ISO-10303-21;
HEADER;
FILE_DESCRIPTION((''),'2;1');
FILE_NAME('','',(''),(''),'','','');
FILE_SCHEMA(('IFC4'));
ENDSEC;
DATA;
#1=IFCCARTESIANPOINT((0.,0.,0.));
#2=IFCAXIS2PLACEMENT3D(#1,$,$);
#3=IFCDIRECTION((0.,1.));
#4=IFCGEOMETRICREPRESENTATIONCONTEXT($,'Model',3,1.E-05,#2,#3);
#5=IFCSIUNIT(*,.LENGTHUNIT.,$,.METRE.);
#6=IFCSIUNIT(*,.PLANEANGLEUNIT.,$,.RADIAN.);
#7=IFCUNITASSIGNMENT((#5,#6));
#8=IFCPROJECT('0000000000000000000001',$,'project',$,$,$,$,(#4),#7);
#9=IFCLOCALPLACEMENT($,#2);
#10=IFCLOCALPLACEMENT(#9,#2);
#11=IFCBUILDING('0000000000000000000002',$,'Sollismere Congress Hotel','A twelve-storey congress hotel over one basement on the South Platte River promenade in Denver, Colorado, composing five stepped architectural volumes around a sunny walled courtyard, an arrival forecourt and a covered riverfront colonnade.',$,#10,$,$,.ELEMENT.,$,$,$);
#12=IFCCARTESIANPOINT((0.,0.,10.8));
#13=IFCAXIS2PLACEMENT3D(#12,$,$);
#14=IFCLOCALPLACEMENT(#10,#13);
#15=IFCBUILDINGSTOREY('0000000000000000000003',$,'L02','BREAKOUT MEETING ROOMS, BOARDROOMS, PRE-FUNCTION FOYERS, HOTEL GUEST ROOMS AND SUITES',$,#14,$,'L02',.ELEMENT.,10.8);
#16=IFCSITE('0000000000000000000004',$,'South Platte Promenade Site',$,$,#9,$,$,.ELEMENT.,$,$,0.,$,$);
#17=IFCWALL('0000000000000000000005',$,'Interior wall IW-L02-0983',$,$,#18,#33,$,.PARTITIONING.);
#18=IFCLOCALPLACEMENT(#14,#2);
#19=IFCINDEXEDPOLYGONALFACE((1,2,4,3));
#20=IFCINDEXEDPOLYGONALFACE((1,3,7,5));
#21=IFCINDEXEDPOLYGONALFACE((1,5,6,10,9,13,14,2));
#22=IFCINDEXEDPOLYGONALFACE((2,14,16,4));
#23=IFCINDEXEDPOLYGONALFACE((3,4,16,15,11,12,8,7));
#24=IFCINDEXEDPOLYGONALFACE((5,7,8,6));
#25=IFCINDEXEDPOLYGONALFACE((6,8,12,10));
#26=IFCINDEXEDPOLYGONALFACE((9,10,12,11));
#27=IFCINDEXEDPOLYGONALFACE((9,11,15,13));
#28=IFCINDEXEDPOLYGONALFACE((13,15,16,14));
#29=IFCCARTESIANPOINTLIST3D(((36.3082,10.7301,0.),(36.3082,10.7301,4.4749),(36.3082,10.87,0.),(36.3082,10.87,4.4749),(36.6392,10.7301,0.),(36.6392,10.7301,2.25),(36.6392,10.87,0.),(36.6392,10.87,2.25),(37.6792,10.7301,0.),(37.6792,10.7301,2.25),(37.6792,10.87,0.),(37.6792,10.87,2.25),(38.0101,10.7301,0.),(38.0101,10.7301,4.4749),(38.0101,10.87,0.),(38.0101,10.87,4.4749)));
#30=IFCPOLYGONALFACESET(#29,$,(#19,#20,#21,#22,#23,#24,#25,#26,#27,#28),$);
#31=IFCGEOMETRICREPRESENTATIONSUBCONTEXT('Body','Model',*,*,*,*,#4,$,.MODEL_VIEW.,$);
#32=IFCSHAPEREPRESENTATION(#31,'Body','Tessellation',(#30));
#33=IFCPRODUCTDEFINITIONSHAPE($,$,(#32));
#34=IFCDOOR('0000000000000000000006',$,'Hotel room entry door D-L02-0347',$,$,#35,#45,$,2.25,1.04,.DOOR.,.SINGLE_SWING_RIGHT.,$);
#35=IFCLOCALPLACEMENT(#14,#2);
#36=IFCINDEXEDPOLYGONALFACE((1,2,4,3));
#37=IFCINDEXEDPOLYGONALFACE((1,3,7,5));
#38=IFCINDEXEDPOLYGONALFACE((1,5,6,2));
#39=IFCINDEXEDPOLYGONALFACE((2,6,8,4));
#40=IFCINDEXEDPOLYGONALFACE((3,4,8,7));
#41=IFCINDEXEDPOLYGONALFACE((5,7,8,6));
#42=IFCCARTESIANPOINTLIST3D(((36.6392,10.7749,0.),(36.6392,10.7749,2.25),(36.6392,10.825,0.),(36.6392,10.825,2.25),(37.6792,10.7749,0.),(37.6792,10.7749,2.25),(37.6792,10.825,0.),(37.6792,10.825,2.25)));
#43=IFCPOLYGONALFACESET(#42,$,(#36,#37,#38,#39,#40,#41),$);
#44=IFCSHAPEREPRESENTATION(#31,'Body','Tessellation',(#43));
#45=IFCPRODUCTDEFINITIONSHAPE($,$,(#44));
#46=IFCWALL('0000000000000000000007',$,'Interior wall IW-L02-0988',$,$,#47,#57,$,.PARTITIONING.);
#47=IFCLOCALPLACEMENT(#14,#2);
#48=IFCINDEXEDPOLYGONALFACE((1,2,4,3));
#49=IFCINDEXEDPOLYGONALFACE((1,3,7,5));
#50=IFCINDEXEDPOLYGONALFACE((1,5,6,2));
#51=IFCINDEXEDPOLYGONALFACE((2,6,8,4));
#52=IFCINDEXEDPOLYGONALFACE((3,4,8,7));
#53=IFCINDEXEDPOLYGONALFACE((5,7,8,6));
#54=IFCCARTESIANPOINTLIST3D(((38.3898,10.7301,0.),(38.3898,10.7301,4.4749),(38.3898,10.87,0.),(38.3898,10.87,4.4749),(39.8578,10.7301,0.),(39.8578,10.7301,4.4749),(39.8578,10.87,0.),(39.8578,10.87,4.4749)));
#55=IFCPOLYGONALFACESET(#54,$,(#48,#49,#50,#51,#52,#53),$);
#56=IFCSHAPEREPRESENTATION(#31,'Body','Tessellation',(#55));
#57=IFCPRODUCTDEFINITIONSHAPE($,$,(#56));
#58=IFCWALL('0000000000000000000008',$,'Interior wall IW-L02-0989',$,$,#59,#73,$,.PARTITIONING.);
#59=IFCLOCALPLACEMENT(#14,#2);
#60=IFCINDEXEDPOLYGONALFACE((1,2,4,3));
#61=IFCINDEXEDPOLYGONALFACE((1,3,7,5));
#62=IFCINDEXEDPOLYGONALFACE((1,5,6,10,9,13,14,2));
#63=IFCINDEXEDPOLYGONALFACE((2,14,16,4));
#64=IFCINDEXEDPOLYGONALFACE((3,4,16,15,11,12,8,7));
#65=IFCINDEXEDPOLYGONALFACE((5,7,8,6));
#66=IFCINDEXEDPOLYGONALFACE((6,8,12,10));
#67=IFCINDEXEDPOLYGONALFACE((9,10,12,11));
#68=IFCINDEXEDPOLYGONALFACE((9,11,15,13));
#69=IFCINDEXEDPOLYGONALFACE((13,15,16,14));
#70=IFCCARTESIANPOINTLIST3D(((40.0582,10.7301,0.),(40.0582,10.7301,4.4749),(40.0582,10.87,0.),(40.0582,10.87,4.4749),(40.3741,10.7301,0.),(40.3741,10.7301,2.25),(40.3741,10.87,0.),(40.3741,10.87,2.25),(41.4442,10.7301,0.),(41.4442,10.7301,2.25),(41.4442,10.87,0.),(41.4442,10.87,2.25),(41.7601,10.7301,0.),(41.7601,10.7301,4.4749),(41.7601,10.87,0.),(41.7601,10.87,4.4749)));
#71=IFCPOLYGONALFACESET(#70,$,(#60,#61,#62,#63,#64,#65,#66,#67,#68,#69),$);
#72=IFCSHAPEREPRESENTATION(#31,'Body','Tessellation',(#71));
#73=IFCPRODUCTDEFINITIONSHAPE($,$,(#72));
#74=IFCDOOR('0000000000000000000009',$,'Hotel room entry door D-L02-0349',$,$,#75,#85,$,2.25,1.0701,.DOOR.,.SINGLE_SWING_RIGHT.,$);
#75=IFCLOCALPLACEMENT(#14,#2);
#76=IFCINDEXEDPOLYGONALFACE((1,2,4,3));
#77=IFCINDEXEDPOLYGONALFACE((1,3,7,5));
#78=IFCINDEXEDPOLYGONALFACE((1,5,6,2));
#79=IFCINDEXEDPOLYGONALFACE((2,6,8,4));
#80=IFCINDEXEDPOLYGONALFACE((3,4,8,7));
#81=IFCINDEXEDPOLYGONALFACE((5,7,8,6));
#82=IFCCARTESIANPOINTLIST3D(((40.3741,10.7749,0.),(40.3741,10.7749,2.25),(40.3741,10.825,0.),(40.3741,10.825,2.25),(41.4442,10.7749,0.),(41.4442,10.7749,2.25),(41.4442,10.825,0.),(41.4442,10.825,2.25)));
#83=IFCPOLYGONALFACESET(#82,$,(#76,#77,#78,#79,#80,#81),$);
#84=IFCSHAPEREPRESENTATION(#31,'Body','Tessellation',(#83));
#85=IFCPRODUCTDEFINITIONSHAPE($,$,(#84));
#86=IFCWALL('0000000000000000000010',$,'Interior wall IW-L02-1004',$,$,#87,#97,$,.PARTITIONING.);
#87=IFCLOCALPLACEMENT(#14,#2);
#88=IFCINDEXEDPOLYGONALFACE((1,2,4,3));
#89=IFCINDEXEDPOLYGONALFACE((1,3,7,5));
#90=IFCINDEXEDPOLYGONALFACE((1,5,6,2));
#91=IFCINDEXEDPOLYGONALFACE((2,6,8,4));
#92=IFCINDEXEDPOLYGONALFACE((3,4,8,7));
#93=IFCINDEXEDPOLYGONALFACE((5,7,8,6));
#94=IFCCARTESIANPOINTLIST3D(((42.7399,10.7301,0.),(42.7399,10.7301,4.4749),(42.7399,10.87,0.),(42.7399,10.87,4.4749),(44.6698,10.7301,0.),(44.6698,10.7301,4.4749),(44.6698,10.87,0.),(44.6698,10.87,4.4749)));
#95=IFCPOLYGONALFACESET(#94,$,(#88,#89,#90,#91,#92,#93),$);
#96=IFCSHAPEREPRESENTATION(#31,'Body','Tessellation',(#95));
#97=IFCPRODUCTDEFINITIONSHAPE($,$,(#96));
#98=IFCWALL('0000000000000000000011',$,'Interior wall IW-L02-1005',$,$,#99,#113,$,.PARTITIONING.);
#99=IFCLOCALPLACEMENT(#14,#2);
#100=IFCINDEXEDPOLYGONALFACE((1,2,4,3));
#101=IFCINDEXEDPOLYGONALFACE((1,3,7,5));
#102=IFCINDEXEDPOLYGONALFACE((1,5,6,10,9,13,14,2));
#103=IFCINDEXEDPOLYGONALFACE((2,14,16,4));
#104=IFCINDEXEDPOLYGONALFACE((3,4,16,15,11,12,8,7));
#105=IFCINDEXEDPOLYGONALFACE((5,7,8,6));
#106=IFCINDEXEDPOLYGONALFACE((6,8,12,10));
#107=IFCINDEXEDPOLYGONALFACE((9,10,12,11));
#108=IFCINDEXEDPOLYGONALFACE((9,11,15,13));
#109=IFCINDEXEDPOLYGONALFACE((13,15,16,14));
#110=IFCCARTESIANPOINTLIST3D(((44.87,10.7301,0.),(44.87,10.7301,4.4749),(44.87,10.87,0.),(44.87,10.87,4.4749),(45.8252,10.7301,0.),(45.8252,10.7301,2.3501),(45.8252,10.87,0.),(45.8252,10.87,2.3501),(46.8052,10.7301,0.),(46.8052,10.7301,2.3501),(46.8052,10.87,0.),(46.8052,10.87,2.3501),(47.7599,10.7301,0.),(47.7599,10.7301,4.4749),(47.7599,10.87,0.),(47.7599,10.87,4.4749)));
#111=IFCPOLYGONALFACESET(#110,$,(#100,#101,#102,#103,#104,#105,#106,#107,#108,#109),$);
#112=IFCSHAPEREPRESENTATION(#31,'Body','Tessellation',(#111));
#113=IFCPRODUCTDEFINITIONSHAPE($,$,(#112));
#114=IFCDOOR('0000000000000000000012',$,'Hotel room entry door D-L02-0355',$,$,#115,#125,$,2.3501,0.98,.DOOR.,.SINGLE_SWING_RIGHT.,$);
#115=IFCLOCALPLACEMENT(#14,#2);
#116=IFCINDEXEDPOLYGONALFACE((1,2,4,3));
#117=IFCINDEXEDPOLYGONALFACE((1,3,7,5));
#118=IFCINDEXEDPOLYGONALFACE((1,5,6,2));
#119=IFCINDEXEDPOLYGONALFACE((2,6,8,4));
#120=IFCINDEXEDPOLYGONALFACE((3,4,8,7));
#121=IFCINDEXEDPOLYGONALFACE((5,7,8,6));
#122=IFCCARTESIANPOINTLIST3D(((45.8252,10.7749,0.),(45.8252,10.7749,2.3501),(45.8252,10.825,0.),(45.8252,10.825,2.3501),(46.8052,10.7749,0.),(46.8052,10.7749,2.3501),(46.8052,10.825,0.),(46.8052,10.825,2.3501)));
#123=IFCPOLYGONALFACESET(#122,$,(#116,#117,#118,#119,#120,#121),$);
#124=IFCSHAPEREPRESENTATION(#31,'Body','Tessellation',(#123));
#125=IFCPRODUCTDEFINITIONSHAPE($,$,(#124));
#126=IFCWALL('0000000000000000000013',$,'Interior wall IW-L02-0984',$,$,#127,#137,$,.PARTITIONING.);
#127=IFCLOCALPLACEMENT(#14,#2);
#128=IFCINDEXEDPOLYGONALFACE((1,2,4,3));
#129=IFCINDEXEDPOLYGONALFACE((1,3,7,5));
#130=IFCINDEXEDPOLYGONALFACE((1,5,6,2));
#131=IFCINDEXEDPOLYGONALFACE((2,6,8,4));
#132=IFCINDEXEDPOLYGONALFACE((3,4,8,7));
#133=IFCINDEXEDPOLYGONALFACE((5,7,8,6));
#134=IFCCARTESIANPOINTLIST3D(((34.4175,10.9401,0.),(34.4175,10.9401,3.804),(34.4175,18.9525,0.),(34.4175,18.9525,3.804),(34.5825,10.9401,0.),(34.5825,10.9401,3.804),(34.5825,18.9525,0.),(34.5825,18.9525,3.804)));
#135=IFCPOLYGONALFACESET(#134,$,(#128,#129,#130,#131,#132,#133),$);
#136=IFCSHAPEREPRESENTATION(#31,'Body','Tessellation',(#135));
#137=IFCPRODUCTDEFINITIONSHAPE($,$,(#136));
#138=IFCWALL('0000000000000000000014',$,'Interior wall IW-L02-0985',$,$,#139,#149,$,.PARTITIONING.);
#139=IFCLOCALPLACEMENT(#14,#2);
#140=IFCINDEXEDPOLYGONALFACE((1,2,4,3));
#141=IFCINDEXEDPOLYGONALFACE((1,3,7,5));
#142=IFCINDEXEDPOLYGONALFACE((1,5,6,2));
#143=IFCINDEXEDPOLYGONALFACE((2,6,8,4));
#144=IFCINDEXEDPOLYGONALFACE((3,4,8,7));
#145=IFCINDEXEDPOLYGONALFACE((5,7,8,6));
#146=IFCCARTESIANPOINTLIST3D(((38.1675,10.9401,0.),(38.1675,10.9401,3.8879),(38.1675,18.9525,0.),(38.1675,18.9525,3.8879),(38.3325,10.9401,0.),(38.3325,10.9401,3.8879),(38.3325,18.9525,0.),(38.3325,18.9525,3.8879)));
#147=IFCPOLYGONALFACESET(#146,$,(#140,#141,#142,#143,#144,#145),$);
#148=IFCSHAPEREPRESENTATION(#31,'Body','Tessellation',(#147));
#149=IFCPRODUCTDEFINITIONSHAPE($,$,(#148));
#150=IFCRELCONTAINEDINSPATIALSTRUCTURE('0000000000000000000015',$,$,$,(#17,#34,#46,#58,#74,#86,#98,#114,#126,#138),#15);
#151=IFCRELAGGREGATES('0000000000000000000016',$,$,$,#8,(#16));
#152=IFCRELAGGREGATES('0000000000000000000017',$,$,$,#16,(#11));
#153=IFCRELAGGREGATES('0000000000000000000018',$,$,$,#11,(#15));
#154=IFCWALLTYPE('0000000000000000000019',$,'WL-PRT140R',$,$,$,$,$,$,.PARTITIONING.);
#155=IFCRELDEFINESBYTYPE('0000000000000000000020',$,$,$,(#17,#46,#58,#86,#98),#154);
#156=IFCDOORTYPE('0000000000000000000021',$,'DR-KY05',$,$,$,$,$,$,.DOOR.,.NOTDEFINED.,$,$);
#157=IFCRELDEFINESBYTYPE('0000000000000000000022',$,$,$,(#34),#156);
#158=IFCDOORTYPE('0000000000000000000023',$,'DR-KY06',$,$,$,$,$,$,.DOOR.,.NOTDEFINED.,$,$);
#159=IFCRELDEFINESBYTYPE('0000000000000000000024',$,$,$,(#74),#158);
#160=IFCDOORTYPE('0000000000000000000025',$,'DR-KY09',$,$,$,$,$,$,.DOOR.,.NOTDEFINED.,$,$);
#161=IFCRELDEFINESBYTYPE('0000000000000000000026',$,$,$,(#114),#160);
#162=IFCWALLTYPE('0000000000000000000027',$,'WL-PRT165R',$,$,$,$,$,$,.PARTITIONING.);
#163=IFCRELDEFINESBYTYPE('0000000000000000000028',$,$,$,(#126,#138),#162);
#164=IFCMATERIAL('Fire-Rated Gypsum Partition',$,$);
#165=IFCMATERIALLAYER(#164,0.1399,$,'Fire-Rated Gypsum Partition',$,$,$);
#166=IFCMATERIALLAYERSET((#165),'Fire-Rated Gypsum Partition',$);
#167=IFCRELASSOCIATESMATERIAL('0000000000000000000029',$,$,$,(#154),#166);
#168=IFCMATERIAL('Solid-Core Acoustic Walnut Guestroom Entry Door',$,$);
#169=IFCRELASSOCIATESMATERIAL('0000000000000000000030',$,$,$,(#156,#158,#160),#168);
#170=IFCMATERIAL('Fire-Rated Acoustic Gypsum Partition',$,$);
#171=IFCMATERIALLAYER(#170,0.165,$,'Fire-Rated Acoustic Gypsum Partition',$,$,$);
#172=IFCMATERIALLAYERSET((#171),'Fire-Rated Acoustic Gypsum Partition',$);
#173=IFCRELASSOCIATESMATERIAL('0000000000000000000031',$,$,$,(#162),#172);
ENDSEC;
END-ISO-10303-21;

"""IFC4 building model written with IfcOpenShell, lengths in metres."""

from ifc_helpers import new_model, si_unit, direction, frame, frame_2d, origin, place, context, subcontext, project, spatial, rectangle, extrude, material, layer, layer_set, type_object, element, fill, save


model = new_model("IFC4")

# Units and contexts
model_context = context("Model", 3, precision=1e-05, world=origin(), true_north=direction((0.0, 1.0)))
body_context = subcontext(model_context, "Body", "Model", "MODEL_VIEW")
ifc_project = project(units=[si_unit("LENGTHUNIT", "METRE"), si_unit("PLANEANGLEUNIT", "RADIAN")], contexts=[model_context])

# Site, building, storey
site_placement = place(None, origin())
site = spatial("IfcSite", under=ifc_project, at=site_placement, Name="South Platte Promenade Site", CompositionType="ELEMENT", RefElevation=0.0)
building_placement = place(site_placement, origin())
building = spatial("IfcBuilding", under=site, at=building_placement, Name="Sollismere Congress Hotel", Description="A twelve-storey congress hotel over one basement on the South Platte River promenade in Denver, Colorado, composing five stepped architectural volumes around a sunny walled courtyard, an arrival forecourt and a covered riverfront colonnade.", CompositionType="ELEMENT")
storey_placement = place(building_placement, frame((0.0, 0.0, 10.8)))
storey = spatial("IfcBuildingStorey", under=building, at=storey_placement, Name="L02", Description="BREAKOUT MEETING ROOMS, BOARDROOMS, PRE-FUNCTION FOYERS, HOTEL GUEST ROOMS AND SUITES", LongName="L02", CompositionType="ELEMENT", Elevation=10.8)

# Shared definitions
ifc_material_1 = material(Name="Fire-Rated Gypsum Partition")
ifc_layer_1 = layer(ifc_material_1, 0.1399, Name="Fire-Rated Gypsum Partition")
ifc_layer_set_1 = layer_set([ifc_layer_1], Name="Fire-Rated Gypsum Partition")
wall_type_1 = type_object("IfcWallType", Name="WL-PRT140R", PredefinedType="PARTITIONING", material=ifc_layer_set_1)

# Wall, opening, door
wall_1_placement = place(storey_placement, frame((36.3081, 10.8, 0.0), z_axis=(0.0, 0.0, 1.0), x_axis=(1.0, 0.0, 0.0)))
wall_1 = element("IfcWall", 1, at=wall_1_placement, inside=storey, type_object=wall_type_1, Name="Interior wall IW-L02-0983", PredefinedType="PARTITIONING", context=body_context, shape_type="SweptSolid", body=[
    extrude(rectangle(XDim=1.7019, YDim=0.1399, at=frame_2d((0.8511, 0.0))), origin(), (0.0, 0.0, 1.0), 4.4749),
])
opening_1_placement = place(wall_1_placement, frame((0.3311, 0.0, 0.0)))
opening_1 = element("IfcOpeningElement", 2, at=opening_1_placement, cuts=wall_1, PredefinedType="OPENING", context=body_context, shape_type="SweptSolid", body=[
    extrude(rectangle(XDim=1.04, YDim=2.25, at=frame_2d((0.52, 1.125))), frame((0.0, 0.0798, 0.0), z_axis=(0.0, -1.0, 0.0), x_axis=(1.0, 0.0, 0.0)), (0.0, 0.0, 1.0), 0.1599),
])
ifc_material_2 = material(Name="Solid-Core Acoustic Walnut Guestroom Entry Door")
door_type_1 = type_object("IfcDoorType", Name="DR-KY05", OperationType="NOTDEFINED", PredefinedType="DOOR", material=ifc_material_2)
door_1_placement = place(opening_1_placement, origin())
door_1 = element("IfcDoor", 3, at=door_1_placement, inside=storey, type_object=door_type_1, Name="Hotel room entry door D-L02-0347", OperationType="SINGLE_SWING_RIGHT", OverallHeight=2.25, OverallWidth=1.04, PredefinedType="DOOR", context=body_context, shape_type="SweptSolid", body=[
    extrude(rectangle(XDim=1.04, YDim=2.25, at=frame_2d((0.52, 1.125))), frame((0.0, 0.0249, 0.0), z_axis=(0.0, -1.0, 0.0), x_axis=(1.0, 0.0, 0.0)), (0.0, 0.0, 1.0), 0.05),
])
fill(opening_1, door_1)

# Wall
wall_2_placement = place(storey_placement, frame((38.3899, 10.8, 0.0), z_axis=(0.0, 0.0, 1.0), x_axis=(1.0, 0.0, 0.0)))
element("IfcWall", 4, at=wall_2_placement, inside=storey, type_object=wall_type_1, Name="Interior wall IW-L02-0988", PredefinedType="PARTITIONING", context=body_context, shape_type="SweptSolid", body=[
    extrude(rectangle(XDim=1.468, YDim=0.1399, at=frame_2d((0.7339, 0.0))), origin(), (0.0, 0.0, 1.0), 4.4749),
])

# Wall, opening, door
wall_3_placement = place(storey_placement, frame((40.0581, 10.8, 0.0), z_axis=(0.0, 0.0, 1.0), x_axis=(1.0, 0.0, 0.0)))
wall_3 = element("IfcWall", 5, at=wall_3_placement, inside=storey, type_object=wall_type_1, Name="Interior wall IW-L02-0989", PredefinedType="PARTITIONING", context=body_context, shape_type="SweptSolid", body=[
    extrude(rectangle(XDim=1.7019, YDim=0.1399, at=frame_2d((0.8511, 0.0))), origin(), (0.0, 0.0, 1.0), 4.4749),
])
opening_2_placement = place(wall_3_placement, frame((0.3159, 0.0, 0.0)))
opening_2 = element("IfcOpeningElement", 6, at=opening_2_placement, cuts=wall_3, PredefinedType="OPENING", context=body_context, shape_type="SweptSolid", body=[
    extrude(rectangle(XDim=1.0701, YDim=2.25, at=frame_2d((0.5352, 1.125))), frame((0.0, 0.0798, 0.0), z_axis=(0.0, -1.0, 0.0), x_axis=(1.0, 0.0, 0.0)), (0.0, 0.0, 1.0), 0.1599),
])
door_type_2 = type_object("IfcDoorType", Name="DR-KY06", OperationType="NOTDEFINED", PredefinedType="DOOR", material=ifc_material_2)
door_2_placement = place(opening_2_placement, origin())
door_2 = element("IfcDoor", 7, at=door_2_placement, inside=storey, type_object=door_type_2, Name="Hotel room entry door D-L02-0349", OperationType="SINGLE_SWING_RIGHT", OverallHeight=2.25, OverallWidth=1.0701, PredefinedType="DOOR", context=body_context, shape_type="SweptSolid", body=[
    extrude(rectangle(XDim=1.0701, YDim=2.25, at=frame_2d((0.5352, 1.125))), frame((0.0, 0.0249, 0.0), z_axis=(0.0, -1.0, 0.0), x_axis=(1.0, 0.0, 0.0)), (0.0, 0.0, 1.0), 0.05),
])
fill(opening_2, door_2)

# Wall
wall_4_placement = place(storey_placement, frame((42.74, 10.8, 0.0), z_axis=(0.0, 0.0, 1.0), x_axis=(1.0, 0.0, 0.0)))
element("IfcWall", 8, at=wall_4_placement, inside=storey, type_object=wall_type_1, Name="Interior wall IW-L02-1004", PredefinedType="PARTITIONING", context=body_context, shape_type="SweptSolid", body=[
    extrude(rectangle(XDim=1.9299, YDim=0.1399, at=frame_2d((0.9648, 0.0))), origin(), (0.0, 0.0, 1.0), 4.4749),
])

# Wall, opening, door
wall_5_placement = place(storey_placement, frame((44.8701, 10.8, 0.0), z_axis=(0.0, 0.0, 1.0), x_axis=(1.0, 0.0, 0.0)))
wall_5 = element("IfcWall", 9, at=wall_5_placement, inside=storey, type_object=wall_type_1, Name="Interior wall IW-L02-1005", PredefinedType="PARTITIONING", context=body_context, shape_type="SweptSolid", body=[
    extrude(rectangle(XDim=2.8899, YDim=0.1399, at=frame_2d((1.4448, 0.0))), origin(), (0.0, 0.0, 1.0), 4.4749),
])
opening_3_placement = place(wall_5_placement, frame((0.9551, 0.0, 0.0)))
opening_3 = element("IfcOpeningElement", 10, at=opening_3_placement, cuts=wall_5, PredefinedType="OPENING", context=body_context, shape_type="SweptSolid", body=[
    extrude(rectangle(XDim=0.98, YDim=2.3501, at=frame_2d((0.49, 1.175))), frame((0.0, 0.0798, 0.0), z_axis=(0.0, -1.0, 0.0), x_axis=(1.0, 0.0, 0.0)), (0.0, 0.0, 1.0), 0.1599),
])
door_type_3 = type_object("IfcDoorType", Name="DR-KY09", OperationType="NOTDEFINED", PredefinedType="DOOR", material=ifc_material_2)
door_3_placement = place(opening_3_placement, origin())
door_3 = element("IfcDoor", 11, at=door_3_placement, inside=storey, type_object=door_type_3, Name="Hotel room entry door D-L02-0355", OperationType="SINGLE_SWING_RIGHT", OverallHeight=2.3501, OverallWidth=0.98, PredefinedType="DOOR", context=body_context, shape_type="SweptSolid", body=[
    extrude(rectangle(XDim=0.98, YDim=2.3501, at=frame_2d((0.49, 1.175))), frame((0.0, 0.0249, 0.0), z_axis=(0.0, -1.0, 0.0), x_axis=(1.0, 0.0, 0.0)), (0.0, 0.0, 1.0), 0.05),
])
fill(opening_3, door_3)

# Walls
ifc_material_3 = material(Name="Fire-Rated Acoustic Gypsum Partition")
ifc_layer_2 = layer(ifc_material_3, 0.165, Name="Fire-Rated Acoustic Gypsum Partition")
ifc_layer_set_2 = layer_set([ifc_layer_2], Name="Fire-Rated Acoustic Gypsum Partition")
wall_type_2 = type_object("IfcWallType", Name="WL-PRT165R", PredefinedType="PARTITIONING", material=ifc_layer_set_2)
wall_6_placement = place(storey_placement, frame((34.5, 10.9399, 0.0), z_axis=(0.0, 0.0, 1.0), x_axis=(0.0, 1.0, 0.0)))
element("IfcWall", 12, at=wall_6_placement, inside=storey, type_object=wall_type_2, Name="Interior wall IW-L02-0984", PredefinedType="PARTITIONING", context=body_context, shape_type="SweptSolid", body=[
    extrude(rectangle(XDim=8.0125, YDim=0.165, at=frame_2d((4.0063, 0.0))), origin(), (0.0, 0.0, 1.0), 3.804),
])
wall_7_placement = place(storey_placement, frame((38.25, 10.9399, 0.0), z_axis=(0.0, 0.0, 1.0), x_axis=(0.0, 1.0, 0.0)))
element("IfcWall", 13, at=wall_7_placement, inside=storey, type_object=wall_type_2, Name="Interior wall IW-L02-0985", PredefinedType="PARTITIONING", context=body_context, shape_type="SweptSolid", body=[
    extrude(rectangle(XDim=8.0125, YDim=0.165, at=frame_2d((4.0063, 0.0))), origin(), (0.0, 0.0, 1.0), 3.8879),
])

save(model, "model.ifc")
